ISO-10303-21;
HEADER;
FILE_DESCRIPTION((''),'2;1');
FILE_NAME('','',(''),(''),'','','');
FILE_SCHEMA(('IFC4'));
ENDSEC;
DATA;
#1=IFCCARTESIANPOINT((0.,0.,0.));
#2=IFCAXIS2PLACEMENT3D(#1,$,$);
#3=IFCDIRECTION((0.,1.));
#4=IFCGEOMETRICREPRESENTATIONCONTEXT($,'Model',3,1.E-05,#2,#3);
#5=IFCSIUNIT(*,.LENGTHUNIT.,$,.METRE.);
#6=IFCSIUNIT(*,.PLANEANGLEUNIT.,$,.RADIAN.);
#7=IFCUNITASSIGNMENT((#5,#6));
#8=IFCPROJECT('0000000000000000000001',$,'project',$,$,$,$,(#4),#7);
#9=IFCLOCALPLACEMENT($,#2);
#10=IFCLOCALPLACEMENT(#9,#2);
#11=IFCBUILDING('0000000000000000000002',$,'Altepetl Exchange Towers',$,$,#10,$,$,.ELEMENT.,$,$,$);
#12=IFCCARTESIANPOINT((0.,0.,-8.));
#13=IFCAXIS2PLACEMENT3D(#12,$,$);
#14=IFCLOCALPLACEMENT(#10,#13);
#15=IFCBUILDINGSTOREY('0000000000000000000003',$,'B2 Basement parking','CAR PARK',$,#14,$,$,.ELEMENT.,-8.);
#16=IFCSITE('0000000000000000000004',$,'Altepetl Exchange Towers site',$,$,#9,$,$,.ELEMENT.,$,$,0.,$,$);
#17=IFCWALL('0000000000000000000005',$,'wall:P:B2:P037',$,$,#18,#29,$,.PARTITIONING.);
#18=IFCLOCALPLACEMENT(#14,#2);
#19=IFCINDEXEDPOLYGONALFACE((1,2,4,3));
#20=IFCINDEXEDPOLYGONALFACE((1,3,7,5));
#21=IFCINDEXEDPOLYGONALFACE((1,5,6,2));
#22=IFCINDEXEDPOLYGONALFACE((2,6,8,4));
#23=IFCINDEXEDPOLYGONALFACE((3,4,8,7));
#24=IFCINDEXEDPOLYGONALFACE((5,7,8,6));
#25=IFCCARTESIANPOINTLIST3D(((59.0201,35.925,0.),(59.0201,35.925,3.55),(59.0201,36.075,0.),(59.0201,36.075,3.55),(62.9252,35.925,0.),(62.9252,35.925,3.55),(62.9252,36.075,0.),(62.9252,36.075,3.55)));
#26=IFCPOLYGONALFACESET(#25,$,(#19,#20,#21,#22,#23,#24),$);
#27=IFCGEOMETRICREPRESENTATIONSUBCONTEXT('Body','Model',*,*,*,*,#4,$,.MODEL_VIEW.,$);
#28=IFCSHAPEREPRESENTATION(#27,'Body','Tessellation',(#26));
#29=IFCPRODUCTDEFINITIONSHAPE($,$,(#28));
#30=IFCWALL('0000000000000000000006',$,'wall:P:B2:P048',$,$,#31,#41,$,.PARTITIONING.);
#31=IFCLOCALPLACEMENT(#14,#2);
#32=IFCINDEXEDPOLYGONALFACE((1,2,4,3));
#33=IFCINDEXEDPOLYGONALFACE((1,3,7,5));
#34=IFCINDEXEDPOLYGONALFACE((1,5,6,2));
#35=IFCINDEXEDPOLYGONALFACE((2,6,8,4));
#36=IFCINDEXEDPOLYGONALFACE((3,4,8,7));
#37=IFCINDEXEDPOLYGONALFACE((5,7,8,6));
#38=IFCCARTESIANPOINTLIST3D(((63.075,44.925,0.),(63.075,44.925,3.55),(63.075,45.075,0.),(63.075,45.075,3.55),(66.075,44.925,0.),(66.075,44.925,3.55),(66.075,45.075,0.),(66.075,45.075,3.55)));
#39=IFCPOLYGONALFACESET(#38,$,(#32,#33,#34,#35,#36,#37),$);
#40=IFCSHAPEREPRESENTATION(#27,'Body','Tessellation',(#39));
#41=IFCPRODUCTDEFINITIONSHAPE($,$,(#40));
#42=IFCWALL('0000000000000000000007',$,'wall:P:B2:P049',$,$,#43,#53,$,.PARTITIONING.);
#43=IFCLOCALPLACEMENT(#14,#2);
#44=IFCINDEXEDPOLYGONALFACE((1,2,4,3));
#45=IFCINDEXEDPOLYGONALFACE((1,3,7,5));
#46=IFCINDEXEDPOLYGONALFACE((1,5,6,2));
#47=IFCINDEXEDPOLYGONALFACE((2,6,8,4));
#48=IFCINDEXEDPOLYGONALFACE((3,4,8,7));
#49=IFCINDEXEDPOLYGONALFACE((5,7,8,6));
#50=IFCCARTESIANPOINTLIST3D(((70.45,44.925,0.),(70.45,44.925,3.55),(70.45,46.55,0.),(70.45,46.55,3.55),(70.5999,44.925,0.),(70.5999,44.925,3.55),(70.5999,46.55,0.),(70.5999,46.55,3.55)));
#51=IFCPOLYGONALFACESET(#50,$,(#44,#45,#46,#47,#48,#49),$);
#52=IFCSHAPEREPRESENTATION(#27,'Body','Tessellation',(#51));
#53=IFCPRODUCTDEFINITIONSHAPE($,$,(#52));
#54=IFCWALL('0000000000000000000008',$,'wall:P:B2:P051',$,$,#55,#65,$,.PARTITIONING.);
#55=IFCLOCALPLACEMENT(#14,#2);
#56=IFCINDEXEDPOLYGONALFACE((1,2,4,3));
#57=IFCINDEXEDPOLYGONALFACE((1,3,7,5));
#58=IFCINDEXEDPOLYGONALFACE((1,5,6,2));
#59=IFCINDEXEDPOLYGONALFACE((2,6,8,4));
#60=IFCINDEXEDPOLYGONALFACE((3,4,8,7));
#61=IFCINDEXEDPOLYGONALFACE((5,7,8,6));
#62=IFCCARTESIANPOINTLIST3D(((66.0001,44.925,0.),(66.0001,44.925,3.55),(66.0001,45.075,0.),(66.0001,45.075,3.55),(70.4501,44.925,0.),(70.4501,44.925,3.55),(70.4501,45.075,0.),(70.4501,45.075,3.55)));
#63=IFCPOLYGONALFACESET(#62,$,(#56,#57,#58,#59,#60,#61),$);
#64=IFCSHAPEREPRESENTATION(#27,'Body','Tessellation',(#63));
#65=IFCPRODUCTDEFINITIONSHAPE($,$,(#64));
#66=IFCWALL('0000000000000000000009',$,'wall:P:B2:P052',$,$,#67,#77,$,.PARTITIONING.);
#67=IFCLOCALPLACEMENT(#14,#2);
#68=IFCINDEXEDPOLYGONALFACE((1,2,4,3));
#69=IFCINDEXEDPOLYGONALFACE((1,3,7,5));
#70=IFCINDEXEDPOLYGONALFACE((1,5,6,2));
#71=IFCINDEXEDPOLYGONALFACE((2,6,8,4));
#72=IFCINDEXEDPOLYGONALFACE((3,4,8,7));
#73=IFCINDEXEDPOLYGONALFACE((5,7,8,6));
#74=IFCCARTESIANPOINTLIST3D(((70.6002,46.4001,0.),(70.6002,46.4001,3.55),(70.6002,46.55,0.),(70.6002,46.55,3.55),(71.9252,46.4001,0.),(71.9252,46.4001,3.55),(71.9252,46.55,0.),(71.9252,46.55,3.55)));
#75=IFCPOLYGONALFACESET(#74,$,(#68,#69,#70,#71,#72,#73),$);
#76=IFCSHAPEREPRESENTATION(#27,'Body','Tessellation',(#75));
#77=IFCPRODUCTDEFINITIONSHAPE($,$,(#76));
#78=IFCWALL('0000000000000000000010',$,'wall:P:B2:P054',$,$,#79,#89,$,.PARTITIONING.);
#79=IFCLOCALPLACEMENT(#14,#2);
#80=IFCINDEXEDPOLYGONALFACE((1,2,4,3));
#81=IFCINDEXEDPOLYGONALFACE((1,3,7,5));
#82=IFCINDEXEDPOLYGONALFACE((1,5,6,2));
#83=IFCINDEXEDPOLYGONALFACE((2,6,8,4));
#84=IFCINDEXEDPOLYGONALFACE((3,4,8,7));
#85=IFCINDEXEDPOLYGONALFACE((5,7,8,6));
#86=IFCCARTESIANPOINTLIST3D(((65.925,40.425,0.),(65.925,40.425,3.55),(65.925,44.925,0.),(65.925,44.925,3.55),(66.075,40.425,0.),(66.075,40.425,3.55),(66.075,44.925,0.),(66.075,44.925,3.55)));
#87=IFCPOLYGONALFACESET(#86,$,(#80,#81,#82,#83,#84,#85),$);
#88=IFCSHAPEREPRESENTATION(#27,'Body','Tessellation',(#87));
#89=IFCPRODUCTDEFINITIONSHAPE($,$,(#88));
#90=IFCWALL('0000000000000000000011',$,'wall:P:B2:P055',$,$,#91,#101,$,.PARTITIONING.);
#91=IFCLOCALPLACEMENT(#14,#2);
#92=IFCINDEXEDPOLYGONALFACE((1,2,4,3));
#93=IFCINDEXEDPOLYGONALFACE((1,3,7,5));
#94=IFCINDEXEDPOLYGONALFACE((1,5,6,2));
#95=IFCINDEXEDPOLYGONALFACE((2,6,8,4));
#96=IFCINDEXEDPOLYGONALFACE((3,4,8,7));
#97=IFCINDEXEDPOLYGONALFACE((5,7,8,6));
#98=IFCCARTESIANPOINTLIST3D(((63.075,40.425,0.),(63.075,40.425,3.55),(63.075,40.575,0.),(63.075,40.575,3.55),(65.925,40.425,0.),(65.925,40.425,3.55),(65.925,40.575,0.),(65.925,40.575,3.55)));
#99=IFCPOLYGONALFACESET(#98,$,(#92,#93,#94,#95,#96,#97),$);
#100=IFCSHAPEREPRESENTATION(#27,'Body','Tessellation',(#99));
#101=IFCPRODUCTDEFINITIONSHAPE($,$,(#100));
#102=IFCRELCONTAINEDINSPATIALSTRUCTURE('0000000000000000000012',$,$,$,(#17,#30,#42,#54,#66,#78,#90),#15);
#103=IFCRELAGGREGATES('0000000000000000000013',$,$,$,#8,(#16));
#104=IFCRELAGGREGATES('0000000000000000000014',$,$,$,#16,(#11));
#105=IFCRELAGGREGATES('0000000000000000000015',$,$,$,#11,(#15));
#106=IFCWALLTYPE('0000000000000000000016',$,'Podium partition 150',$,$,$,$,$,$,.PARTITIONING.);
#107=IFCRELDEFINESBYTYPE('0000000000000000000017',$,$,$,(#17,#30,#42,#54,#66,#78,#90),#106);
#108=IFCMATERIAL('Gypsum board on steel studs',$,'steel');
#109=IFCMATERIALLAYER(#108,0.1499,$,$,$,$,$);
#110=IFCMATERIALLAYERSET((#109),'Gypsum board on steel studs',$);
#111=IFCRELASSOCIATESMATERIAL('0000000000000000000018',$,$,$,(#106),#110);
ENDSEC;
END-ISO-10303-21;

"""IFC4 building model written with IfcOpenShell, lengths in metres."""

from ifc_helpers import new_model, si_unit, direction, frame, frame_2d, origin, place, context, subcontext, project, spatial, rectangle, extrude, material, layer, layer_set, type_object, element, save


model = new_model("IFC4")

# Units and contexts
model_context = context("Model", 3, precision=1e-05, world=origin(), true_north=direction((0.0, 1.0)))
body_context = subcontext(model_context, "Body", "Model", "MODEL_VIEW")
ifc_project = project(units=[si_unit("LENGTHUNIT", "METRE"), si_unit("PLANEANGLEUNIT", "RADIAN")], contexts=[model_context])

# Site, building, storey
site_placement = place(None, origin())
site = spatial("IfcSite", under=ifc_project, at=site_placement, Name="Altepetl Exchange Towers site", CompositionType="ELEMENT", RefElevation=0.0)
building_placement = place(site_placement, origin())
building = spatial("IfcBuilding", under=site, at=building_placement, Name="Altepetl Exchange Towers", CompositionType="ELEMENT")
storey_placement = place(building_placement, frame((0.0, 0.0, -8.0)))
storey = spatial("IfcBuildingStorey", under=building, at=storey_placement, Name="B2 Basement parking", Description="CAR PARK", CompositionType="ELEMENT", Elevation=-8.0)

# Shared definitions
ifc_material_1 = material(Name="Gypsum board on steel studs", Category="steel")
ifc_layer = layer(ifc_material_1, 0.1499)
ifc_layer_set = layer_set([ifc_layer], Name="Gypsum board on steel studs")
wall_type = type_object("IfcWallType", Name="Podium partition 150", PredefinedType="PARTITIONING", material=ifc_layer_set)

# Walls
wall_1_placement = place(storey_placement, frame((59.02, 36.0, 0.0)))
element("IfcWall", 1, at=wall_1_placement, inside=storey, type_object=wall_type, Name="wall:P:B2:P037", PredefinedType="PARTITIONING", context=body_context, shape_type="SweptSolid", body=[
    extrude(rectangle(XDim=3.905, YDim=0.1499, at=frame_2d((1.9526, 0.0))), origin(), (0.0, 0.0, 1.0), 3.55),
])
wall_2_placement = place(storey_placement, frame((63.075, 45.0, 0.0)))
element("IfcWall", 2, at=wall_2_placement, inside=storey, type_object=wall_type, Name="wall:P:B2:P048", PredefinedType="PARTITIONING", context=body_context, shape_type="SweptSolid", body=[
    extrude(rectangle(XDim=3.0, YDim=0.1499, at=frame_2d((1.5, 0.0))), origin(), (0.0, 0.0, 1.0), 3.55),
])
wall_3_placement = place(storey_placement, frame((70.5249, 44.925, 0.0), z_axis=(0.0, 0.0, 1.0), x_axis=(0.0, 1.0, 0.0)))
element("IfcWall", 3, at=wall_3_placement, inside=storey, type_object=wall_type, Name="wall:P:B2:P049", PredefinedType="PARTITIONING", context=body_context, shape_type="SweptSolid", body=[
    extrude(rectangle(XDim=1.625, YDim=0.1499, at=frame_2d((0.8125, 0.0))), origin(), (0.0, 0.0, 1.0), 3.55),
])
wall_4_placement = place(storey_placement, frame((66.0, 45.0, 0.0)))
element("IfcWall", 4, at=wall_4_placement, inside=storey, type_object=wall_type, Name="wall:P:B2:P051", PredefinedType="PARTITIONING", context=body_context, shape_type="SweptSolid", body=[
    extrude(rectangle(XDim=4.45, YDim=0.1499, at=frame_2d((2.2251, 0.0))), origin(), (0.0, 0.0, 1.0), 3.55),
])
wall_5_placement = place(storey_placement, frame((70.6001, 46.4751, 0.0)))
element("IfcWall", 5, at=wall_5_placement, inside=storey, type_object=wall_type, Name="wall:P:B2:P052", PredefinedType="PARTITIONING", context=body_context, shape_type="SweptSolid", body=[
    extrude(rectangle(XDim=1.325, YDim=0.1499, at=frame_2d((0.6626, 0.0))), origin(), (0.0, 0.0, 1.0), 3.55),
])
wall_6_placement = place(storey_placement, frame((66.0, 40.425, 0.0), z_axis=(0.0, 0.0, 1.0), x_axis=(0.0, 1.0, 0.0)))
element("IfcWall", 6, at=wall_6_placement, inside=storey, type_object=wall_type, Name="wall:P:B2:P054", PredefinedType="PARTITIONING", context=body_context, shape_type="SweptSolid", body=[
    extrude(rectangle(XDim=4.5, YDim=0.1499, at=frame_2d((2.25, 0.0))), origin(), (0.0, 0.0, 1.0), 3.55),
])
wall_7_placement = place(storey_placement, frame((63.075, 40.5, 0.0)))
element("IfcWall", 7, at=wall_7_placement, inside=storey, type_object=wall_type, Name="wall:P:B2:P055", PredefinedType="PARTITIONING", context=body_context, shape_type="SweptSolid", body=[
    extrude(rectangle(XDim=2.8501, YDim=0.1499, at=frame_2d((1.425, 0.0))), origin(), (0.0, 0.0, 1.0), 3.55),
])

save(model, "model.ifc")
